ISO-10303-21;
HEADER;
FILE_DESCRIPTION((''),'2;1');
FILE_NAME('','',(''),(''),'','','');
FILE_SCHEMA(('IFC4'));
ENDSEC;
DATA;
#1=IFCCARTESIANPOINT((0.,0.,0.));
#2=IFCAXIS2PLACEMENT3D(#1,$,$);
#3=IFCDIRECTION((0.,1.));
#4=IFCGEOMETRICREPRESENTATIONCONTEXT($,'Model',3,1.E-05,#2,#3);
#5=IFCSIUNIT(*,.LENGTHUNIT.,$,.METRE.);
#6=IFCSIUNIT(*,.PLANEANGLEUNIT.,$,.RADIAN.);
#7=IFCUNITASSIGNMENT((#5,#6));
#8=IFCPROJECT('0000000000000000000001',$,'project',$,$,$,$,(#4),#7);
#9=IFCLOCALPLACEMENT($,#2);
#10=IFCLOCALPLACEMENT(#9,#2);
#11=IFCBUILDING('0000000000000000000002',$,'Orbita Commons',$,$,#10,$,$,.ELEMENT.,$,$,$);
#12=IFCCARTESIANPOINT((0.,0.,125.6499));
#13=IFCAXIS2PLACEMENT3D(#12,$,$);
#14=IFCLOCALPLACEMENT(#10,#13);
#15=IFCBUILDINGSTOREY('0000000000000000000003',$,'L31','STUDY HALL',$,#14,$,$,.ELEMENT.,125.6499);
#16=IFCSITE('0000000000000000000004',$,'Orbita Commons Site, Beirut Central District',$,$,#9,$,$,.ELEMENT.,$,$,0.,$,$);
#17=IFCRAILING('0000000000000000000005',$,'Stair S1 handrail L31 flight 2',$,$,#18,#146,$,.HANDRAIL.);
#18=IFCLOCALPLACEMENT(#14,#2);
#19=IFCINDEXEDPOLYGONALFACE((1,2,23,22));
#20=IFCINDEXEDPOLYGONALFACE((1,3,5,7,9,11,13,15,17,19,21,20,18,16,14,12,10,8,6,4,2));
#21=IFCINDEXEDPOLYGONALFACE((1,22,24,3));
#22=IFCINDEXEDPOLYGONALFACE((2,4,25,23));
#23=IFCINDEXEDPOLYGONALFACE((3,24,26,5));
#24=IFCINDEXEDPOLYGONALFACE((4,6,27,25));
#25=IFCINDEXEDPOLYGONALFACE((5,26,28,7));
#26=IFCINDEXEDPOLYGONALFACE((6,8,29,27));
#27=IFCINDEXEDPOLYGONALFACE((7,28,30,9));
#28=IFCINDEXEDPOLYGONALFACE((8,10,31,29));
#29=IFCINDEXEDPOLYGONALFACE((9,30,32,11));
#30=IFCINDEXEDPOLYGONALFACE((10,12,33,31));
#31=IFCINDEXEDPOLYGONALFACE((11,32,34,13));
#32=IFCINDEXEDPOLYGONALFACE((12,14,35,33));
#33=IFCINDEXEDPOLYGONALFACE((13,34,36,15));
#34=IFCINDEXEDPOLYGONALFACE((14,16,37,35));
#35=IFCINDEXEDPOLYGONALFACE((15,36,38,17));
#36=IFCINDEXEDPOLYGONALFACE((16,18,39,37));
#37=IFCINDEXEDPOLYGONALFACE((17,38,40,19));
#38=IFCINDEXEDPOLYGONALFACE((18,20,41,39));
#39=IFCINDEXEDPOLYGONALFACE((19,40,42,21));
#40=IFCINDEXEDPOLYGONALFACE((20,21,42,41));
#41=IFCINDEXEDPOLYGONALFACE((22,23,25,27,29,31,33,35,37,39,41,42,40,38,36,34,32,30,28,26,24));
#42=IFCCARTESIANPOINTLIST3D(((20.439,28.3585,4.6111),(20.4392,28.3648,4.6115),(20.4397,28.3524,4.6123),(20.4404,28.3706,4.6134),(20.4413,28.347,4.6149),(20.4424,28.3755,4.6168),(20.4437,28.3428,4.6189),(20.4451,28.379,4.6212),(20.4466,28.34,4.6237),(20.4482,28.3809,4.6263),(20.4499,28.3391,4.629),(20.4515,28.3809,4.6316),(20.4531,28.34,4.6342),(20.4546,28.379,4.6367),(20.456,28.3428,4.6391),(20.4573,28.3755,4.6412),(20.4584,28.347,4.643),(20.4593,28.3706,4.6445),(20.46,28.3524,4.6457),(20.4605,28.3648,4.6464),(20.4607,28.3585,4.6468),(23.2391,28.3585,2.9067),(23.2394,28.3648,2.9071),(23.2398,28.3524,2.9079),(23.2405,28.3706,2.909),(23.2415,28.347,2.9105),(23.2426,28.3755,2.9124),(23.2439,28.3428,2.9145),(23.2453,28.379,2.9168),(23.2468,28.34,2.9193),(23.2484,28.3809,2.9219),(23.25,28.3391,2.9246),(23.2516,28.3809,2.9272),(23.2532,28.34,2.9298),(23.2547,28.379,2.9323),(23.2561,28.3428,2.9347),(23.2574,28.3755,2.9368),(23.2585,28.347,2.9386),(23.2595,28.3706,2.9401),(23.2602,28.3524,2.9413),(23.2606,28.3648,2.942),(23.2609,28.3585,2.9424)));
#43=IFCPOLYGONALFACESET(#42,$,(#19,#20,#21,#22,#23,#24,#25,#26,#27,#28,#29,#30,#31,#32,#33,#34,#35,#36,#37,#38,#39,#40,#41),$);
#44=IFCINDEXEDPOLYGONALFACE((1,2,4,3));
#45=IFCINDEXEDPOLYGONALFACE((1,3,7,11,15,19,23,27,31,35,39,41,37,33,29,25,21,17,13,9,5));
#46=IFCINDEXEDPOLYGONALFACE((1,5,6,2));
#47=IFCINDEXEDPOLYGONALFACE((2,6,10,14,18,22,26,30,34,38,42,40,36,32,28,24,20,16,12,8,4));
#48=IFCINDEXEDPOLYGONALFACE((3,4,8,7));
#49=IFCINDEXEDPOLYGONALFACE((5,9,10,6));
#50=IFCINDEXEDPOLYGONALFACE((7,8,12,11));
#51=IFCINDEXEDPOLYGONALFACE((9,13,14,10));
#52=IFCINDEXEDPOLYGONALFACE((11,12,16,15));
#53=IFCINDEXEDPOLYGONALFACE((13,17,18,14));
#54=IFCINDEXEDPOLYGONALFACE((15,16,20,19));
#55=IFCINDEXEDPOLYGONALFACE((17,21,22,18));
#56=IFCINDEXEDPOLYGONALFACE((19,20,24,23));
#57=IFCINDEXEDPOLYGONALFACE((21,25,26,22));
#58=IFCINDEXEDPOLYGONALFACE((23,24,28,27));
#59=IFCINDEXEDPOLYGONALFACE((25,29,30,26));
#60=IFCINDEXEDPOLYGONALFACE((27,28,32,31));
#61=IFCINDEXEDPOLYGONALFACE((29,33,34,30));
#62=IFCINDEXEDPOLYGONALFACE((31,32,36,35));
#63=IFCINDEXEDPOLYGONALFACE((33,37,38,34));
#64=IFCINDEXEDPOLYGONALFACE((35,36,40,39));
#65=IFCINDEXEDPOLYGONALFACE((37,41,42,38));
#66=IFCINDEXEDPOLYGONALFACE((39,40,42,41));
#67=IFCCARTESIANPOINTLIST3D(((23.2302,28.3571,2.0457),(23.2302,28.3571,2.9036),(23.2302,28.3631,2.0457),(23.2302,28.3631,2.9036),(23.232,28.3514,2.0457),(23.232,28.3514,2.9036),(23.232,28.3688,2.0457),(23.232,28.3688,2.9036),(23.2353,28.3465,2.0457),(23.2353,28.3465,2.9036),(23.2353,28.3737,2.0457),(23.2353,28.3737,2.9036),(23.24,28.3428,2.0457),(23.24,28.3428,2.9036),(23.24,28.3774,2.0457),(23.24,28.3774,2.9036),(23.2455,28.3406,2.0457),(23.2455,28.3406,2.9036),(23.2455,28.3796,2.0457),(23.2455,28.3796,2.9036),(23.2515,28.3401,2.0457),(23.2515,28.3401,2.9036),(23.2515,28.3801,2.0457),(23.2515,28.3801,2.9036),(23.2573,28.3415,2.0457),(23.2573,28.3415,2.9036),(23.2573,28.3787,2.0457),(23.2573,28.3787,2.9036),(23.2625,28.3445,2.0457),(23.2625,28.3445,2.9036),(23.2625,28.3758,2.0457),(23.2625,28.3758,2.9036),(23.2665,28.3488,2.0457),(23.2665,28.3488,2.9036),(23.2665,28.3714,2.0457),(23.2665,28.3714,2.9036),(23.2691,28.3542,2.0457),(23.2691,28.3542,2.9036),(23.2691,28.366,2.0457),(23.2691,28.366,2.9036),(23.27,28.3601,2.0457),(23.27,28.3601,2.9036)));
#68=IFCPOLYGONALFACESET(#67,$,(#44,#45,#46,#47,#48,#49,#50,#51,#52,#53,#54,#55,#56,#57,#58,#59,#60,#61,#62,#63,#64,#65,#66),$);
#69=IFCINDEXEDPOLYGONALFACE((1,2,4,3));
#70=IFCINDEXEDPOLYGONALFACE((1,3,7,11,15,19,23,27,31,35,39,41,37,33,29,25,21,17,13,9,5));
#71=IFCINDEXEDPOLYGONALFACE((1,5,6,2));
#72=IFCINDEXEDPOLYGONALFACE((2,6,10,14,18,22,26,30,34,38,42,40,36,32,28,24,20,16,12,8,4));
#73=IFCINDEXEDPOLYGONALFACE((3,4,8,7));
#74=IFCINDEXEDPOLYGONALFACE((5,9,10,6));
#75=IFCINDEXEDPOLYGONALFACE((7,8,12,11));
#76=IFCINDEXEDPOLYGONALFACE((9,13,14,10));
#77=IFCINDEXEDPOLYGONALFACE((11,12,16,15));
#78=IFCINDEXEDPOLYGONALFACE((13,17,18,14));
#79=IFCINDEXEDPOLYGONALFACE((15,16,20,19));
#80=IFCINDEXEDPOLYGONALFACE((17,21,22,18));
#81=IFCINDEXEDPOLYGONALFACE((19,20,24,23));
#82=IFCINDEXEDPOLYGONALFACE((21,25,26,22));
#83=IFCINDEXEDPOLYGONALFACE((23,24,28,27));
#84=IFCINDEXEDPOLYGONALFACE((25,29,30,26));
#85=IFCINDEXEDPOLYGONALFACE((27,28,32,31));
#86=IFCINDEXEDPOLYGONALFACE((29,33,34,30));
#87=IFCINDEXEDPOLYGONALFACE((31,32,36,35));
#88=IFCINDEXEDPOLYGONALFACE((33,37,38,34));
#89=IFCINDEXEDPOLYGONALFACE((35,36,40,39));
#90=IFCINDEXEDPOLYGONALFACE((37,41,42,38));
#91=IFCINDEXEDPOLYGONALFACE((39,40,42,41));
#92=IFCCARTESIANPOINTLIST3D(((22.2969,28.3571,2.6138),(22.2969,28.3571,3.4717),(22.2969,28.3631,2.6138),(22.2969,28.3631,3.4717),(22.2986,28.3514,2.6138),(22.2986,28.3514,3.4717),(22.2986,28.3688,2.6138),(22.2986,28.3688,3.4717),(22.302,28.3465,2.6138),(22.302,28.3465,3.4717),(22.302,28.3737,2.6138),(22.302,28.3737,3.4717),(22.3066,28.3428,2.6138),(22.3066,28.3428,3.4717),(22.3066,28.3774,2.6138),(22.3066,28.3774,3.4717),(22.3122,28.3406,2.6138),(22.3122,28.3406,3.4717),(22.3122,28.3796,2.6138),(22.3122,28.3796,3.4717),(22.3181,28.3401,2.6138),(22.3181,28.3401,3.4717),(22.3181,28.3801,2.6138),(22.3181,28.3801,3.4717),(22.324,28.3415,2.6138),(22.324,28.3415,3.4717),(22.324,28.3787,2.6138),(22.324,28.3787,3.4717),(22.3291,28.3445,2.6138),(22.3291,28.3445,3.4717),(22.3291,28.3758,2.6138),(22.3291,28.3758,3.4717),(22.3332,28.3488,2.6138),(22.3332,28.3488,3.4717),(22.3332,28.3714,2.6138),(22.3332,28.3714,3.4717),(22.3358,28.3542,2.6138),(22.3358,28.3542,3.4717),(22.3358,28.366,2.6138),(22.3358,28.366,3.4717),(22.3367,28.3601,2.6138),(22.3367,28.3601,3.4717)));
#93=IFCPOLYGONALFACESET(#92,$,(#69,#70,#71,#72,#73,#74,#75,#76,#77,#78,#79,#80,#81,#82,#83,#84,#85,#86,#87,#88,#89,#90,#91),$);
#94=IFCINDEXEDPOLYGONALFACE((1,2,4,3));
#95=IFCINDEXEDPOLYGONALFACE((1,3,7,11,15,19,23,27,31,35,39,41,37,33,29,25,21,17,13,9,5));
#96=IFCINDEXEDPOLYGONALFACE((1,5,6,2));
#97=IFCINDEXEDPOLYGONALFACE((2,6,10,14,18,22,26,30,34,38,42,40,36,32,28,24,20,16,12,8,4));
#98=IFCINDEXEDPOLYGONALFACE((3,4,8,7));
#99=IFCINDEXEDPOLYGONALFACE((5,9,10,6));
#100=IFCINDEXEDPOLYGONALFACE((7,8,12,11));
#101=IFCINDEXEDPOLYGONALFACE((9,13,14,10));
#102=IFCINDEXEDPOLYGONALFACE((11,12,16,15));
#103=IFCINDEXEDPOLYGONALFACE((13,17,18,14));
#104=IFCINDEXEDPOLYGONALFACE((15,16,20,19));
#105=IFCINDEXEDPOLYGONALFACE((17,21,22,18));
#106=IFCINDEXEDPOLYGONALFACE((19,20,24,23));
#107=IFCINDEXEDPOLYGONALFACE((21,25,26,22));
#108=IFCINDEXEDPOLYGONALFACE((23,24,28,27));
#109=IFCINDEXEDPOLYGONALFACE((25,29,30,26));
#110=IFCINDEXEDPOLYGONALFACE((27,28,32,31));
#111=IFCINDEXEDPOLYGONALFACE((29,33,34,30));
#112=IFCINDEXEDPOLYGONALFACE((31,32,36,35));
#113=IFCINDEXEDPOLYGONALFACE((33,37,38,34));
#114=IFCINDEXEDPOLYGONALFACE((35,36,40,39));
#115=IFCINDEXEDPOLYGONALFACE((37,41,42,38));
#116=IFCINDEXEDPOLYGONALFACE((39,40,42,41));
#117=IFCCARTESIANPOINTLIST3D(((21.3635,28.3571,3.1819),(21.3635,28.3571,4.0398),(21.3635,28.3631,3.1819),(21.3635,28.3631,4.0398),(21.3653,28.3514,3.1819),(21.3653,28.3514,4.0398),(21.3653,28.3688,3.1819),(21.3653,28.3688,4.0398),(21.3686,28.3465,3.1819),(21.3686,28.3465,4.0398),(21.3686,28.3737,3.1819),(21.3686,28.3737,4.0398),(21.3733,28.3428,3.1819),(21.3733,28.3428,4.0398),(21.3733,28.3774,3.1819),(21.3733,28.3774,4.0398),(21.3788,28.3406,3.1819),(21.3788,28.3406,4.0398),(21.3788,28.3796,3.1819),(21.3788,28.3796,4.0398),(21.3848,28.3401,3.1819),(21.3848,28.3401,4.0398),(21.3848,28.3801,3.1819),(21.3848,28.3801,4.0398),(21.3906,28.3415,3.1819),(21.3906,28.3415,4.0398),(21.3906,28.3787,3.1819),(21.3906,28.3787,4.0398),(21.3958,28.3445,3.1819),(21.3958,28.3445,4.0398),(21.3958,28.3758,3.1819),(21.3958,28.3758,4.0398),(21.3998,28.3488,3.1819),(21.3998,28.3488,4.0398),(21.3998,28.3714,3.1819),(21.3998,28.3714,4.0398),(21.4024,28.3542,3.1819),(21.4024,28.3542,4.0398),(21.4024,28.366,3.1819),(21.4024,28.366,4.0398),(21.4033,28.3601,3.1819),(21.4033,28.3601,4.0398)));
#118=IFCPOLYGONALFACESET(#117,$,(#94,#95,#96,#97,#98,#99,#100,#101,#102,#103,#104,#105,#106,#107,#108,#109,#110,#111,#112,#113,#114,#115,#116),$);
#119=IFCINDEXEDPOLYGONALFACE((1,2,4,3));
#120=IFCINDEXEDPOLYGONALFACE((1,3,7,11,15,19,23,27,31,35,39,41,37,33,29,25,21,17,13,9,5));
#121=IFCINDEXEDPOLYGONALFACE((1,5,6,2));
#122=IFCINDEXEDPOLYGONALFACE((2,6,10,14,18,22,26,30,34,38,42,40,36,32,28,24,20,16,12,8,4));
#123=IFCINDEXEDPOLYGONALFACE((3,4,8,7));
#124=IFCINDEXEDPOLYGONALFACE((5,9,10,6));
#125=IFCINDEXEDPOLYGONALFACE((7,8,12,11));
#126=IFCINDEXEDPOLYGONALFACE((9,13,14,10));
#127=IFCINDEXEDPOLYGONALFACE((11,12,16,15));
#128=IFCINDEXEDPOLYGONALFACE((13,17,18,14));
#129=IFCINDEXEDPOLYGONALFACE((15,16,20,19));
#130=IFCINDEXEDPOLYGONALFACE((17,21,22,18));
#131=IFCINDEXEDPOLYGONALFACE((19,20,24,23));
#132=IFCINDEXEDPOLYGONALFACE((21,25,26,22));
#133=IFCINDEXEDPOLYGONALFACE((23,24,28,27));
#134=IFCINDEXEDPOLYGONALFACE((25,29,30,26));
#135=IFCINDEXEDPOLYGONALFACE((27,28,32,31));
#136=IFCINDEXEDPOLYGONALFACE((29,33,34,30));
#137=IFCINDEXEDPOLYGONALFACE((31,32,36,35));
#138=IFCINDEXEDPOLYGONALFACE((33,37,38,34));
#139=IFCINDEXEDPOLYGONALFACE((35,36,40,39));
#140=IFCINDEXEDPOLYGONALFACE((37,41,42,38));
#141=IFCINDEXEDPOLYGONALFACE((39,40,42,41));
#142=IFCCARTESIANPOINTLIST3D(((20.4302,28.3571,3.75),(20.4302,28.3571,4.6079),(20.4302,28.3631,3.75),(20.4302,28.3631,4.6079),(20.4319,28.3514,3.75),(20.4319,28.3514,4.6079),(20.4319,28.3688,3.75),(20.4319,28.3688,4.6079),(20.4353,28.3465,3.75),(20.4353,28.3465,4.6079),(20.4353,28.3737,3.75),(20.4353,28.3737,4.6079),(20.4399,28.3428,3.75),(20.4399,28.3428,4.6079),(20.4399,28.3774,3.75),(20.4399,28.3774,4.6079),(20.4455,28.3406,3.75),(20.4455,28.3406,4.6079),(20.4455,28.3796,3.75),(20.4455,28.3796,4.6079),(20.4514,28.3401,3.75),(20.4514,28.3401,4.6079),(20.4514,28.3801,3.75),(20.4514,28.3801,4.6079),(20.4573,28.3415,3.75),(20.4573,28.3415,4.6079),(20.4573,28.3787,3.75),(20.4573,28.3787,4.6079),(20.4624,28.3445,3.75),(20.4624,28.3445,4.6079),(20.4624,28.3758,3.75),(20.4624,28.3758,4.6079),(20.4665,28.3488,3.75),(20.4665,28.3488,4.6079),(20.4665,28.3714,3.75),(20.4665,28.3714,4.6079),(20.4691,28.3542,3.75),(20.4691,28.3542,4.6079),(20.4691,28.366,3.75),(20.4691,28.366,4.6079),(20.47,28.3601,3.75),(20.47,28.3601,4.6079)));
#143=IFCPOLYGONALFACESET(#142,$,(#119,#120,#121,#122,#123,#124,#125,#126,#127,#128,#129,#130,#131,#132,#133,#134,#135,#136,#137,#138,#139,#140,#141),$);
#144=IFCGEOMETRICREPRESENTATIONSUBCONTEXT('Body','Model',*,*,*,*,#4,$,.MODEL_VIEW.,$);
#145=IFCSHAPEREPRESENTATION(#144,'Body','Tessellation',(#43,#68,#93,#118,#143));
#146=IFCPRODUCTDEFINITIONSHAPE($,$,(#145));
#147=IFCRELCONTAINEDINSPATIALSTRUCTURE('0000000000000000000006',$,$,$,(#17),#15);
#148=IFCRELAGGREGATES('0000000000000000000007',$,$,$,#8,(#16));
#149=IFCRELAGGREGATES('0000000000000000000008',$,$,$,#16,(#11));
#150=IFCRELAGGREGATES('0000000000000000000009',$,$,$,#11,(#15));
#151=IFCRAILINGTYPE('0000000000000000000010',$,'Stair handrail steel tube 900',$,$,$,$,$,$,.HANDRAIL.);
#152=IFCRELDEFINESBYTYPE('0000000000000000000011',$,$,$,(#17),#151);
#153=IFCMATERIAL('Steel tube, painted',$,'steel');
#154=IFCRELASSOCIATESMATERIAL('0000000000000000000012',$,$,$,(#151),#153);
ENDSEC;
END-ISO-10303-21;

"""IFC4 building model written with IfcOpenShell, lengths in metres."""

from ifc_helpers import new_model, si_unit, direction, frame, origin, origin_2d, place, context, subcontext, project, spatial, circle, extrude, material, type_object, element, save


model = new_model("IFC4")

# Units and contexts
model_context = context("Model", 3, precision=1e-05, world=origin(), true_north=direction((0.0, 1.0)))
body_context = subcontext(model_context, "Body", "Model", "MODEL_VIEW")
ifc_project = project(units=[si_unit("LENGTHUNIT", "METRE"), si_unit("PLANEANGLEUNIT", "RADIAN")], contexts=[model_context])

# Site, building, storey
site_placement = place(None, origin())
site = spatial("IfcSite", under=ifc_project, at=site_placement, Name="Orbita Commons Site, Beirut Central District", CompositionType="ELEMENT", RefElevation=0.0)
building_placement = place(site_placement, origin())
building = spatial("IfcBuilding", under=site, at=building_placement, Name="Orbita Commons", CompositionType="ELEMENT")
storey_placement = place(building_placement, frame((0.0, 0.0, 125.6499)))
storey = spatial("IfcBuildingStorey", under=building, at=storey_placement, Name="L31", Description="STUDY HALL", CompositionType="ELEMENT", Elevation=125.6499)

# Railing
ifc_material_1 = material(Name="Steel tube, painted", Category="steel")
railing_type = type_object("IfcRailingType", Name="Stair handrail steel tube 900", PredefinedType="HANDRAIL", material=ifc_material_1)
for number, where, name in (
    (1, (23.25, 28.3601, 2.0457), "Stair S1 handrail L31 flight 2"),
):
    element("IfcRailing", number, at=place(storey_placement, frame(where)), inside=storey, type_object=railing_type, Name=name, PredefinedType="HANDRAIL", context=body_context, shape_type="SweptSolid", body=[
        extrude(circle(Radius=0.021, at=origin_2d()), frame((0.0, 0.0, 0.8789), z_axis=(-0.854203, 0.0, 0.51994), x_axis=(0.0, -1.0, 0.0)), (0.0, 0.0, 1.0), 3.2781),
        extrude(circle(Radius=0.02, at=origin_2d()), origin(), (0.0, 0.0, 1.0), 0.8579),
        extrude(circle(Radius=0.02, at=origin_2d()), frame((-0.9333, 0.0, 0.5681)), (0.0, 0.0, 1.0), 0.8579),
        extrude(circle(Radius=0.02, at=origin_2d()), frame((-1.8667, 0.0, 1.1362)), (0.0, 0.0, 1.0), 0.8579),
        extrude(circle(Radius=0.02, at=origin_2d()), frame((-2.8, 0.0, 1.7043)), (0.0, 0.0, 1.0), 0.8579),
    ])

save(model, "model.ifc")
